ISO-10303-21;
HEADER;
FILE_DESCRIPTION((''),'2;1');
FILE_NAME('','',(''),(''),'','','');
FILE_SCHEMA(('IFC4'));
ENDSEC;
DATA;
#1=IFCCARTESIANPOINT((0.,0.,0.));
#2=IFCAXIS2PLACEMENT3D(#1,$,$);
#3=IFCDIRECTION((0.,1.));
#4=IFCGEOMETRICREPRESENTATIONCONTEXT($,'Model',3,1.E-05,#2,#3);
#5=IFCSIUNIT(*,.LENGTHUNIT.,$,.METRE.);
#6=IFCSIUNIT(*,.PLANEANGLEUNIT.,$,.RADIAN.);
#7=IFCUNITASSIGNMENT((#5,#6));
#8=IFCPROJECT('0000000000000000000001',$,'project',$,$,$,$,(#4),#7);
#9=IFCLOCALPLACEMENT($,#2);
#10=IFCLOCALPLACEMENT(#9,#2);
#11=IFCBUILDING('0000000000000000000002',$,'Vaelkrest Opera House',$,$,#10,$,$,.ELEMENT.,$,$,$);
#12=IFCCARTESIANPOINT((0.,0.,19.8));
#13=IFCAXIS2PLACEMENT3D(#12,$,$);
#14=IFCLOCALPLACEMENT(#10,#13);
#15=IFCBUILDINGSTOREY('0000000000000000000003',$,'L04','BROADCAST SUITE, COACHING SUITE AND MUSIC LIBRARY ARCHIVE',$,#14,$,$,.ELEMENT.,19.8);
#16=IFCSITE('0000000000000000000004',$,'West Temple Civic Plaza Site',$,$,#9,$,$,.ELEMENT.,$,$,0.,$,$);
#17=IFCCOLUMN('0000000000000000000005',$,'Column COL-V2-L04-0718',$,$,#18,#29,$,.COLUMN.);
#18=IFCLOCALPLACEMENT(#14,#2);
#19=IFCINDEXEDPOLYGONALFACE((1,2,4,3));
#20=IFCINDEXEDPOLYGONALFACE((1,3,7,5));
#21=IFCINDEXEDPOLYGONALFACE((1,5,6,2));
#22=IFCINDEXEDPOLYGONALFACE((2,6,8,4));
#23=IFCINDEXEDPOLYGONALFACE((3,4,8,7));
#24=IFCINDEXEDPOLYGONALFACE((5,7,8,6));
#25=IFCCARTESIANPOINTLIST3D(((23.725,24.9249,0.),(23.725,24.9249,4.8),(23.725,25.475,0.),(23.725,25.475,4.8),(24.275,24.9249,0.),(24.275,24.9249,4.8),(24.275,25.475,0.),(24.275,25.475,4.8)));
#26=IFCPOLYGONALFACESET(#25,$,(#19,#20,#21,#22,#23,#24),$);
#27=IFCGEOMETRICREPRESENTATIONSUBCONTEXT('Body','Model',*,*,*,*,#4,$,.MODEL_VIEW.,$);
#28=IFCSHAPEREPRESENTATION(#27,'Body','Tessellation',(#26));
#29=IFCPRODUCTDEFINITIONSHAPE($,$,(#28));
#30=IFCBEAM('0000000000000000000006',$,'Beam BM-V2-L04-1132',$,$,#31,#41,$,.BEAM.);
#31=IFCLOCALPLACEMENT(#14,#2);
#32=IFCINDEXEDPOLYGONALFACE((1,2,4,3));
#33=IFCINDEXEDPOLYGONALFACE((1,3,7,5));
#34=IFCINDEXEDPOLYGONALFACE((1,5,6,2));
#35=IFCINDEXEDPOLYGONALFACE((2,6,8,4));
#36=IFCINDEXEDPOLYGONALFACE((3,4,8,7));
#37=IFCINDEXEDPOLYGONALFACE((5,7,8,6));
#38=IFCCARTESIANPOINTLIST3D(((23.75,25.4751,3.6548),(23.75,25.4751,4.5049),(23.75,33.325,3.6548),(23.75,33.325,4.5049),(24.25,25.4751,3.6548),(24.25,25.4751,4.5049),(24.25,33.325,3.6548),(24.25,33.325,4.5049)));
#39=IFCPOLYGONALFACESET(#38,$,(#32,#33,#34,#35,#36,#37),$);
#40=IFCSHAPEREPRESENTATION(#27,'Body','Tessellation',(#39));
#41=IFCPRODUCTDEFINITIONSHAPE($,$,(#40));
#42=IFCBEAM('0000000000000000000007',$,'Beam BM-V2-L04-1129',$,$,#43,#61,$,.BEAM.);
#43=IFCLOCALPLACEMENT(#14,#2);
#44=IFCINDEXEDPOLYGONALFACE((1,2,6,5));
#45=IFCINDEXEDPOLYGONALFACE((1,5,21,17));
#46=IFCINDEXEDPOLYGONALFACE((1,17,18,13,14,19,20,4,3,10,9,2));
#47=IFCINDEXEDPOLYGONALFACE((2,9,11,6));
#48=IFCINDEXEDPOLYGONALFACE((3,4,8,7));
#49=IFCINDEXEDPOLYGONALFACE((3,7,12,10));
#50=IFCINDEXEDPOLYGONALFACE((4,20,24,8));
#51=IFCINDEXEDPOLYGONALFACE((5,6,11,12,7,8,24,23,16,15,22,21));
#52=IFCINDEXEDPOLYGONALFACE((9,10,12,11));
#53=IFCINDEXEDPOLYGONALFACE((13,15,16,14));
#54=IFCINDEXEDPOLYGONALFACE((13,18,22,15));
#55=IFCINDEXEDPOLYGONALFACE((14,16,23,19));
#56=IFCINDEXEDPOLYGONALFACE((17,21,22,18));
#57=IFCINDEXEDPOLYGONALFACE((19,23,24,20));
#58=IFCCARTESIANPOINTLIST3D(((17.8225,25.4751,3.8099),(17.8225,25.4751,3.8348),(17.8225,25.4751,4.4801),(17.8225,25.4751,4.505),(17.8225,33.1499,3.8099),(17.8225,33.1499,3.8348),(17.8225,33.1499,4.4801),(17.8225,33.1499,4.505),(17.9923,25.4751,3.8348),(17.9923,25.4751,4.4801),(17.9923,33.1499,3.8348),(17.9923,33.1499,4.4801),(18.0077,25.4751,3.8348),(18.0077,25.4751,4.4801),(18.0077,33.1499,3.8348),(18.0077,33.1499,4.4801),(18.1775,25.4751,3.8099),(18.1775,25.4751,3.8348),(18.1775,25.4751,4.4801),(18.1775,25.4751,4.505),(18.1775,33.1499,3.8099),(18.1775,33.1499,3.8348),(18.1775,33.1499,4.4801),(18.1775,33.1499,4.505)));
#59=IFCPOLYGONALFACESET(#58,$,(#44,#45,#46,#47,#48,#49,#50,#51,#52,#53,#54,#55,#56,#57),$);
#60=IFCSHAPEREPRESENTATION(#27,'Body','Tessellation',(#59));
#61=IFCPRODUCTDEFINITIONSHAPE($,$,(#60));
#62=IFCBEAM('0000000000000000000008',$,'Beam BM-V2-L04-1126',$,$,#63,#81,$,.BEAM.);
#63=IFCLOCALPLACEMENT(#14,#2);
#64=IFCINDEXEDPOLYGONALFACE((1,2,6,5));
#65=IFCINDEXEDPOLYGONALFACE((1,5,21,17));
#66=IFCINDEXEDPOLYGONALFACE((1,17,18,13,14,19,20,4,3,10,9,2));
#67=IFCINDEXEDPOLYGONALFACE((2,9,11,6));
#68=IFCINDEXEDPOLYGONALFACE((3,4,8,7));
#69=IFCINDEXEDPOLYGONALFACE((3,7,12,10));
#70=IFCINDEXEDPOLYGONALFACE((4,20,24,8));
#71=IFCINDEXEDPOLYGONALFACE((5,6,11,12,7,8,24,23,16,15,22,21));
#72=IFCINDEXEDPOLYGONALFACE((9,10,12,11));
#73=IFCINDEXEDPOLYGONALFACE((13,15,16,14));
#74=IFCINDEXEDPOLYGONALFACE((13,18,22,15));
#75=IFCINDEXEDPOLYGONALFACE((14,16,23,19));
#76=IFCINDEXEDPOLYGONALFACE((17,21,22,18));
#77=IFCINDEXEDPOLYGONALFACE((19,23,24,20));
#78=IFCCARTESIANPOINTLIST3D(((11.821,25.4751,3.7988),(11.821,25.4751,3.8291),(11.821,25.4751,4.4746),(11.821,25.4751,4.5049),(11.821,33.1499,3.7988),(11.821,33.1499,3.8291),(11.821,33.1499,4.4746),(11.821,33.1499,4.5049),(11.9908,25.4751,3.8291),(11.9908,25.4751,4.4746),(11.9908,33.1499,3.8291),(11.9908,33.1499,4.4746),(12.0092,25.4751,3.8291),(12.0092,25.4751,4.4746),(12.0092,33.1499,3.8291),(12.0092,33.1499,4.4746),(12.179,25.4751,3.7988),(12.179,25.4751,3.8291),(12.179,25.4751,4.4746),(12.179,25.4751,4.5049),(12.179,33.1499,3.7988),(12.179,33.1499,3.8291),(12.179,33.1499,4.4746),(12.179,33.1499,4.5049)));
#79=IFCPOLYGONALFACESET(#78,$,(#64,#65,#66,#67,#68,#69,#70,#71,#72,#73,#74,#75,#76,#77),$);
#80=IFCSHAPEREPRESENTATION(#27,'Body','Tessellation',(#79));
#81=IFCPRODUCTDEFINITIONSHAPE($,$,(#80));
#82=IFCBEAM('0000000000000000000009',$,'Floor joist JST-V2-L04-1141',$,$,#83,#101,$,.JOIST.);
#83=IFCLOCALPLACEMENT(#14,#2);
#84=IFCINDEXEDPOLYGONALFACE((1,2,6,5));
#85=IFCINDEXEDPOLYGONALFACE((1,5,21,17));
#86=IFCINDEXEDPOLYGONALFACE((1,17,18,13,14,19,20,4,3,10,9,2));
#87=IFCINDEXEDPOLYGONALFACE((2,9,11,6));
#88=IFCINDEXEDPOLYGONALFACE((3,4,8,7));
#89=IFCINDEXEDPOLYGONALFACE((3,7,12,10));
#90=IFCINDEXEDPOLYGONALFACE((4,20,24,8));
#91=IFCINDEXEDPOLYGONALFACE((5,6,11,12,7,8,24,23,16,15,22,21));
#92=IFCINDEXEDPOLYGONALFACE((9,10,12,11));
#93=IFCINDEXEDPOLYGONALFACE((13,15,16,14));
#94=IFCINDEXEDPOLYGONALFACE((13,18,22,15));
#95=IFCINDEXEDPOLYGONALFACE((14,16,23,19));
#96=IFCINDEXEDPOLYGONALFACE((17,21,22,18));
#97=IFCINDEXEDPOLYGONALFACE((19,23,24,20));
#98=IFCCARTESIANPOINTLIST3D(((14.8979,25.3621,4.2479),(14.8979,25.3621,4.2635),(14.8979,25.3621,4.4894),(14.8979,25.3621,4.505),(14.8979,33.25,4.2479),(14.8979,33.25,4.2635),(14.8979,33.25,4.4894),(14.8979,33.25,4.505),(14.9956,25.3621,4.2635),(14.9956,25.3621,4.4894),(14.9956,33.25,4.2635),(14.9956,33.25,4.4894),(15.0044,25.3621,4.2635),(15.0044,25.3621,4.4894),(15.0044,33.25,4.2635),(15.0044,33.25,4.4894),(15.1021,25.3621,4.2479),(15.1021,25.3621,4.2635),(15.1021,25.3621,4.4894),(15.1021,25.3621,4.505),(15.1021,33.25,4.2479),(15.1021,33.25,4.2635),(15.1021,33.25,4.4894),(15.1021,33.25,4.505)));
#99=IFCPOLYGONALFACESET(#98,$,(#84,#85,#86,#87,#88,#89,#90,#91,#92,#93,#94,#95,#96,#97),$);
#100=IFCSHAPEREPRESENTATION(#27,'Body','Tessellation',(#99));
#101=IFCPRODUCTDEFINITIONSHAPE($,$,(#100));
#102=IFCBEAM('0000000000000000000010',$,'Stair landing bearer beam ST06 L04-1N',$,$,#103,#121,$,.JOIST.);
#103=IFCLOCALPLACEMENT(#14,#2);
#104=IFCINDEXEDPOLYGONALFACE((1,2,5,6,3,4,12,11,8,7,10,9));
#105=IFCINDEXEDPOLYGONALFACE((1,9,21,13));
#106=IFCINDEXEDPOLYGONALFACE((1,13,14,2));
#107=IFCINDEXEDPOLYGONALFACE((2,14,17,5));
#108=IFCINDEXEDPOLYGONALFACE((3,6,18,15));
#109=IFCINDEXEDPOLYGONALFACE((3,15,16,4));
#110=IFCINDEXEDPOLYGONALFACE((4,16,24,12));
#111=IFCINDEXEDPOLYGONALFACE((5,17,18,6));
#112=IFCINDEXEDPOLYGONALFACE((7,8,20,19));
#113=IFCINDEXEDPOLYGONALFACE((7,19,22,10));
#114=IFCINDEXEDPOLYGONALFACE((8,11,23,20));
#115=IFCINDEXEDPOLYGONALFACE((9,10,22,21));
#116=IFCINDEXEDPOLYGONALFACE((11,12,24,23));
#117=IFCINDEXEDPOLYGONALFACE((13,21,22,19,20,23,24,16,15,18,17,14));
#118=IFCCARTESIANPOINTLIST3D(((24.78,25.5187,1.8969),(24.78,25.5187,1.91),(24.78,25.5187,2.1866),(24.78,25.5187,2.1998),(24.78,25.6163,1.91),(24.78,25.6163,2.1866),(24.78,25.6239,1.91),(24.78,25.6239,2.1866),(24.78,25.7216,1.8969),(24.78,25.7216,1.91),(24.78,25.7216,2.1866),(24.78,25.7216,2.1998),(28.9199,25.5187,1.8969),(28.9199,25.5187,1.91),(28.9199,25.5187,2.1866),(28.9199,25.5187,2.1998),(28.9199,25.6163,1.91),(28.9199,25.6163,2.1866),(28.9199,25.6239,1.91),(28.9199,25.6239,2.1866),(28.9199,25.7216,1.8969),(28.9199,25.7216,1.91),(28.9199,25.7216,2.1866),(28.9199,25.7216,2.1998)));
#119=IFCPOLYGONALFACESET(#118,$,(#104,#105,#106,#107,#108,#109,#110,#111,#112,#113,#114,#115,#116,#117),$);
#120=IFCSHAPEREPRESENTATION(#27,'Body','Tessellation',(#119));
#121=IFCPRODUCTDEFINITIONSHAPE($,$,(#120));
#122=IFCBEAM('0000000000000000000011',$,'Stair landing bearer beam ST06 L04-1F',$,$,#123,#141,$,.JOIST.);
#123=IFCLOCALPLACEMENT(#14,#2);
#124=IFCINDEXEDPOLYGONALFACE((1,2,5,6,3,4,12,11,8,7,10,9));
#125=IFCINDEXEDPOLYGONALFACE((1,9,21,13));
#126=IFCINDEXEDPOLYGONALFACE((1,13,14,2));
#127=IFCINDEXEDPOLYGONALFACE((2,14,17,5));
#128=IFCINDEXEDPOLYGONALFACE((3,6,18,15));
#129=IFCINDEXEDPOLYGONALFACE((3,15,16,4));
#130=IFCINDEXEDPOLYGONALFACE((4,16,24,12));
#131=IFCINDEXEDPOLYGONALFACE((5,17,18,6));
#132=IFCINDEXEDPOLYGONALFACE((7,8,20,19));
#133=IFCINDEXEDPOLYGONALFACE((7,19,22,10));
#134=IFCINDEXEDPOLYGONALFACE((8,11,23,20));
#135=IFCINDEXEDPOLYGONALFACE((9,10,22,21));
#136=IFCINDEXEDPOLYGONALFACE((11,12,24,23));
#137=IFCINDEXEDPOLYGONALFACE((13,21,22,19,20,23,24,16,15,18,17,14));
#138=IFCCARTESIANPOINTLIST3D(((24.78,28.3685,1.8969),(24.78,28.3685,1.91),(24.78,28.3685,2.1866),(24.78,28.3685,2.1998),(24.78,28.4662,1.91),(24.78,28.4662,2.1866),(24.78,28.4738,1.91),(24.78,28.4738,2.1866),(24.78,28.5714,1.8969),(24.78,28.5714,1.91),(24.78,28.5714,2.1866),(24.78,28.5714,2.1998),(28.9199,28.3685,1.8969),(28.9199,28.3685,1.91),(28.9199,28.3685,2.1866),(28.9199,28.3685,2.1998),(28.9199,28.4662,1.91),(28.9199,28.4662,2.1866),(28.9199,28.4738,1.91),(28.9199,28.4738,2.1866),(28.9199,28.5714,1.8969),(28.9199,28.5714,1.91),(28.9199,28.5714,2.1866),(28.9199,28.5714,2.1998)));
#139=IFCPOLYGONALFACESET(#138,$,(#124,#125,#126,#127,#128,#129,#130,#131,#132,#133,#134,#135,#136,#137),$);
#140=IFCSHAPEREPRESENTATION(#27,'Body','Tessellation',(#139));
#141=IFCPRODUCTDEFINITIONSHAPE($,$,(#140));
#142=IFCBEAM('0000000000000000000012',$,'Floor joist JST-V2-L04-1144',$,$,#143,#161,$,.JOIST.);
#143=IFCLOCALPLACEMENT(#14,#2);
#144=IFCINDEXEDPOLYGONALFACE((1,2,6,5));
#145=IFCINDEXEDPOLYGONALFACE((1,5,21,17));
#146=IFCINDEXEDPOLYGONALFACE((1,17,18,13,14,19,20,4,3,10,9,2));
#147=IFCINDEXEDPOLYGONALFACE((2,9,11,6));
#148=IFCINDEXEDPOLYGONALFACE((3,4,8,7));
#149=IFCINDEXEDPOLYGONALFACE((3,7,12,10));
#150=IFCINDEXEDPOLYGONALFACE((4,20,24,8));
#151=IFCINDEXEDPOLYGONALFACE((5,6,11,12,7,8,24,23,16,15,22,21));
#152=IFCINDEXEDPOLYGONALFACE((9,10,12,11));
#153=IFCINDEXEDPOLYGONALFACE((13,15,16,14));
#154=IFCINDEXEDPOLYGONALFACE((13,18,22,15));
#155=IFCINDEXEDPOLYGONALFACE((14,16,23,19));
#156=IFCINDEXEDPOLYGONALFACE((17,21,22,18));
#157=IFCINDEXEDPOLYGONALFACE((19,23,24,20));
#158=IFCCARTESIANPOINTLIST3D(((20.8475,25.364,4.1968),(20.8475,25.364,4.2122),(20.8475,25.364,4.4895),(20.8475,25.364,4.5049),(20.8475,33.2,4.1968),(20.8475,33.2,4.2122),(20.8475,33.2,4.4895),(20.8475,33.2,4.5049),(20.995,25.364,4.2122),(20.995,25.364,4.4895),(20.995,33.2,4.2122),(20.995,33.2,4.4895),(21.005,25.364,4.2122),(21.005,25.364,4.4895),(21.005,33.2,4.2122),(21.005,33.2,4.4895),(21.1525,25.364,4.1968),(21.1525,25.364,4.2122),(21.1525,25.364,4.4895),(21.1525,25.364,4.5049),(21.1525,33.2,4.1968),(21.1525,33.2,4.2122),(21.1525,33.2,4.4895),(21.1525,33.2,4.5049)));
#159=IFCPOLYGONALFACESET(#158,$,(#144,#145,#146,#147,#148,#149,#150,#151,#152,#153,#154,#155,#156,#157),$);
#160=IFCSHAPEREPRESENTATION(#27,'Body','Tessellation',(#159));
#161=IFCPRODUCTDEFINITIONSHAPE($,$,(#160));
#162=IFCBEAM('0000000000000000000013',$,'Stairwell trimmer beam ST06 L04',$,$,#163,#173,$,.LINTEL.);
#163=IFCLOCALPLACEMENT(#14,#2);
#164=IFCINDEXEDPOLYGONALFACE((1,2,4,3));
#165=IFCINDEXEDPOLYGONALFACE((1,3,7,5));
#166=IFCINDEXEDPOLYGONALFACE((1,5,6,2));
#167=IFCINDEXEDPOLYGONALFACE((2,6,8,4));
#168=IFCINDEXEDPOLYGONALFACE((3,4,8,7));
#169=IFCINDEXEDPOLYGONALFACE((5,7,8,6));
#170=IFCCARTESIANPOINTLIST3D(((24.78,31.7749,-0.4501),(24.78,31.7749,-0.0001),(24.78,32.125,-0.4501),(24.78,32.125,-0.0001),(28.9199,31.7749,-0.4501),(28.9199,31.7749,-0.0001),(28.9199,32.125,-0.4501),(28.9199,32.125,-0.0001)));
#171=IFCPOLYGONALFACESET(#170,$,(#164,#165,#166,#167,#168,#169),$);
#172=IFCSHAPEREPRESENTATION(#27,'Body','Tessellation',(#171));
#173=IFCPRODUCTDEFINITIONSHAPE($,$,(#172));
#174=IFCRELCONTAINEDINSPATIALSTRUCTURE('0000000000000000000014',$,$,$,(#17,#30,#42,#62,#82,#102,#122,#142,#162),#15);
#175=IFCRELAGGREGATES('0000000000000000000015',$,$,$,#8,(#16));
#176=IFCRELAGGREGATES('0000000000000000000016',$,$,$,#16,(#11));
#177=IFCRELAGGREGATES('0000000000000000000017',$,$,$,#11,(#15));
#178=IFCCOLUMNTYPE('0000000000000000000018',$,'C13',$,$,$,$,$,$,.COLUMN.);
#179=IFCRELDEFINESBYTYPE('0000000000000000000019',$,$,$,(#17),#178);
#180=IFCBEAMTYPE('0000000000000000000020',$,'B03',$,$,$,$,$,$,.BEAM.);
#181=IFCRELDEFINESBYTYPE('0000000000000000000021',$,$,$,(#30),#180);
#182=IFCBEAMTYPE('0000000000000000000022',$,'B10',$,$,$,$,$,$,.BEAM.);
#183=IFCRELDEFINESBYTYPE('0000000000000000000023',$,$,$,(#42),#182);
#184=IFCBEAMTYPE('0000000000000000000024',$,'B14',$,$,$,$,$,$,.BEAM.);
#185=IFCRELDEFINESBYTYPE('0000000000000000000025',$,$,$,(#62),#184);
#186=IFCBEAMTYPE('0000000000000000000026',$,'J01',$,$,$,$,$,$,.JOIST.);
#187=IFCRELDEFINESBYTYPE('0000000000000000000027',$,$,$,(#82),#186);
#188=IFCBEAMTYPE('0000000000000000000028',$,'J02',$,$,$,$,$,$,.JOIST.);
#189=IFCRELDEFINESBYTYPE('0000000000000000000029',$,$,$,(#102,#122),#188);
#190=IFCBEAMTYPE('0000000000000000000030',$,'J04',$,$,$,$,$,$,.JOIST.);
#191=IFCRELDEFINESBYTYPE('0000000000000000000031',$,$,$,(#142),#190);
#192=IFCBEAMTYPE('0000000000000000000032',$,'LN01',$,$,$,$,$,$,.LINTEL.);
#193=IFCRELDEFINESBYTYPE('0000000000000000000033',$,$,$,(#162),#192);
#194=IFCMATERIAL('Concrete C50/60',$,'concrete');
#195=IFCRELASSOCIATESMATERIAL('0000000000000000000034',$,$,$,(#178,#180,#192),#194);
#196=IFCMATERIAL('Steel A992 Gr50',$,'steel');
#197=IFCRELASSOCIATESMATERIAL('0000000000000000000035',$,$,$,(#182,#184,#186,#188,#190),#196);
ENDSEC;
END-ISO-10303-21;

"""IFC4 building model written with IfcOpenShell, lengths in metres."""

from ifc_helpers import new_model, si_unit, direction, frame, origin, origin_2d, place, context, subcontext, project, spatial, rectangle, i_section, extrude, material, material_profile, profile_set, type_object, element, save


model = new_model("IFC4")

# Units and contexts
model_context = context("Model", 3, precision=1e-05, world=origin(), true_north=direction((0.0, 1.0)))
body_context = subcontext(model_context, "Body", "Model", "MODEL_VIEW")
ifc_project = project(units=[si_unit("LENGTHUNIT", "METRE"), si_unit("PLANEANGLEUNIT", "RADIAN")], contexts=[model_context])

# Site, building, storey
site_placement = place(None, origin())
site = spatial("IfcSite", under=ifc_project, at=site_placement, Name="West Temple Civic Plaza Site", CompositionType="ELEMENT", RefElevation=0.0)
building_placement = place(site_placement, origin())
building = spatial("IfcBuilding", under=site, at=building_placement, Name="Vaelkrest Opera House", CompositionType="ELEMENT")
storey_placement = place(building_placement, frame((0.0, 0.0, 19.8)))
storey = spatial("IfcBuildingStorey", under=building, at=storey_placement, Name="L04", Description="BROADCAST SUITE, COACHING SUITE AND MUSIC LIBRARY ARCHIVE", CompositionType="ELEMENT", Elevation=19.8)

# Column
ifc_material_1 = material(Name="Concrete C50/60", Category="concrete")
ifc_material_profile_1 = material_profile(ifc_material_1, rectangle(XDim=0.55, YDim=0.55, at=origin_2d()), Name="RC550X550")
ifc_profile_set_1 = profile_set([ifc_material_profile_1], Name="Concrete C50/60")
column_type = type_object("IfcColumnType", Name="C13", PredefinedType="COLUMN", material=ifc_profile_set_1)
column_placement = place(storey_placement, frame((24.0, 25.2, 0.0), z_axis=(0.0, 0.0, 1.0), x_axis=(1.0, 0.0, 0.0)))
element("IfcColumn", 1, at=column_placement, inside=storey, type_object=column_type, Name="Column COL-V2-L04-0718", PredefinedType="COLUMN", context=body_context, shape_type="SweptSolid", body=[
    extrude(rectangle(XDim=0.55, YDim=0.55, at=origin_2d()), origin(), (0.0, 0.0, 1.0), 4.8),
])

# Beams
ifc_material_profile_2 = material_profile(ifc_material_1, rectangle(XDim=0.5, YDim=0.8501, at=origin_2d()), Name="RCB500X850")
ifc_profile_set_2 = profile_set([ifc_material_profile_2], Name="Concrete C50/60")
beam_type_1 = type_object("IfcBeamType", Name="B03", PredefinedType="BEAM", material=ifc_profile_set_2)
beam_1_placement = place(storey_placement, frame((24.0, 25.4751, 4.0798), z_axis=(0.0, 1.0, 0.0), x_axis=(-1.0, 0.0, 0.0)))
element("IfcBeam", 2, at=beam_1_placement, inside=storey, type_object=beam_type_1, Name="Beam BM-V2-L04-1132", PredefinedType="BEAM", context=body_context, shape_type="SweptSolid", body=[
    extrude(rectangle(XDim=0.5, YDim=0.8501, at=origin_2d()), origin(), (0.0, 0.0, 1.0), 7.8499),
])
ifc_material_2 = material(Name="Steel A992 Gr50", Category="steel")
ifc_material_profile_3 = material_profile(ifc_material_2, i_section(OverallWidth=0.355, OverallDepth=0.6951, WebThickness=0.0154, FlangeThickness=0.0249, at=origin_2d()), Name="W27X146")
ifc_profile_set_3 = profile_set([ifc_material_profile_3], Name="Steel A992 Gr50")
beam_type_2 = type_object("IfcBeamType", Name="B10", PredefinedType="BEAM", material=ifc_profile_set_3)
beam_2_placement = place(storey_placement, frame((18.0, 25.4751, 4.1575), z_axis=(0.0, 1.0, 0.0), x_axis=(-1.0, 0.0, 0.0)))
element("IfcBeam", 3, at=beam_2_placement, inside=storey, type_object=beam_type_2, Name="Beam BM-V2-L04-1129", PredefinedType="BEAM", context=body_context, shape_type="SweptSolid", body=[
    extrude(i_section(OverallWidth=0.355, OverallDepth=0.6951, WebThickness=0.0154, FlangeThickness=0.0249, at=origin_2d()), origin(), (0.0, 0.0, 1.0), 7.6748),
])
ifc_material_profile_4 = material_profile(ifc_material_2, i_section(OverallWidth=0.3579, OverallDepth=0.7061, WebThickness=0.0183, FlangeThickness=0.0303, at=origin_2d()), Name="W27X178")
ifc_profile_set_4 = profile_set([ifc_material_profile_4], Name="Steel A992 Gr50")
beam_type_3 = type_object("IfcBeamType", Name="B14", PredefinedType="BEAM", material=ifc_profile_set_4)
beam_3_placement = place(storey_placement, frame((12.0, 25.4751, 4.1519), z_axis=(0.0, 1.0, 0.0), x_axis=(-1.0, 0.0, 0.0)))
element("IfcBeam", 4, at=beam_3_placement, inside=storey, type_object=beam_type_3, Name="Beam BM-V2-L04-1126", PredefinedType="BEAM", context=body_context, shape_type="SweptSolid", body=[
    extrude(i_section(OverallWidth=0.3579, OverallDepth=0.7061, WebThickness=0.0183, FlangeThickness=0.0303, at=origin_2d()), origin(), (0.0, 0.0, 1.0), 7.6748),
])
ifc_material_profile_5 = material_profile(ifc_material_2, i_section(OverallWidth=0.2041, OverallDepth=0.2571, WebThickness=0.0088, FlangeThickness=0.0156, at=origin_2d()), Name="W10X45")
ifc_profile_set_5 = profile_set([ifc_material_profile_5], Name="Steel A992 Gr50")
beam_type_4 = type_object("IfcBeamType", Name="J01", PredefinedType="JOIST", material=ifc_profile_set_5)
beam_4_placement = place(storey_placement, frame((15.0, 25.3621, 4.3765), z_axis=(0.0, 1.0, 0.0), x_axis=(-1.0, 0.0, 0.0)))
element("IfcBeam", 5, at=beam_4_placement, inside=storey, type_object=beam_type_4, Name="Floor joist JST-V2-L04-1141", PredefinedType="JOIST", context=body_context, shape_type="SweptSolid", body=[
    extrude(i_section(OverallWidth=0.2041, OverallDepth=0.2571, WebThickness=0.0088, FlangeThickness=0.0156, at=origin_2d()), origin(), (0.0, 0.0, 1.0), 7.8879),
])
ifc_material_profile_6 = material_profile(ifc_material_2, i_section(OverallWidth=0.2029, OverallDepth=0.303, WebThickness=0.0076, FlangeThickness=0.0132, at=origin_2d()), Name="W12X40")
ifc_profile_set_6 = profile_set([ifc_material_profile_6], Name="Steel A992 Gr50")
beam_type_5 = type_object("IfcBeamType", Name="J02", PredefinedType="JOIST", material=ifc_profile_set_6)
for number, where, z_axis, x_axis, name in (
    (6, (24.78, 25.6201, 2.0483), (1.0, 0.0, 0.0), (0.0, 1.0, 0.0), "Stair landing bearer beam ST06 L04-1N"),
    (7, (24.78, 28.47, 2.0483), (1.0, 0.0, 0.0), (0.0, 1.0, 0.0), "Stair landing bearer beam ST06 L04-1F"),
):
    element("IfcBeam", number, at=place(storey_placement, frame(where, z_axis=z_axis, x_axis=x_axis)), inside=storey, type_object=beam_type_5, Name=name, PredefinedType="JOIST", context=body_context, shape_type="SweptSolid", body=[
        extrude(i_section(OverallWidth=0.2029, OverallDepth=0.303, WebThickness=0.0076, FlangeThickness=0.0132, at=origin_2d()), origin(), (0.0, 0.0, 1.0), 4.1399),
    ])
ifc_material_profile_7 = material_profile(ifc_material_2, i_section(OverallWidth=0.3049, OverallDepth=0.3081, WebThickness=0.01, FlangeThickness=0.0154, at=origin_2d()), Name="W12X65")
ifc_profile_set_7 = profile_set([ifc_material_profile_7], Name="Steel A992 Gr50")
beam_type_6 = type_object("IfcBeamType", Name="J04", PredefinedType="JOIST", material=ifc_profile_set_7)
beam_5_placement = place(storey_placement, frame((21.0, 25.364, 4.3508), z_axis=(0.0, 1.0, 0.0), x_axis=(-1.0, 0.0, 0.0)))
element("IfcBeam", 8, at=beam_5_placement, inside=storey, type_object=beam_type_6, Name="Floor joist JST-V2-L04-1144", PredefinedType="JOIST", context=body_context, shape_type="SweptSolid", body=[
    extrude(i_section(OverallWidth=0.3049, OverallDepth=0.3081, WebThickness=0.01, FlangeThickness=0.0154, at=origin_2d()), origin(), (0.0, 0.0, 1.0), 7.8359),
])
ifc_material_profile_8 = material_profile(ifc_material_1, rectangle(XDim=0.3501, YDim=0.45, at=origin_2d()), Name="RCB350X450")
ifc_profile_set_8 = profile_set([ifc_material_profile_8], Name="Concrete C50/60")
beam_type_7 = type_object("IfcBeamType", Name="LN01", PredefinedType="LINTEL", material=ifc_profile_set_8)
beam_6_placement = place(storey_placement, frame((24.78, 31.95, -0.2251), z_axis=(1.0, 0.0, 0.0), x_axis=(0.0, 1.0, 0.0)))
element("IfcBeam", 9, at=beam_6_placement, inside=storey, type_object=beam_type_7, Name="Stairwell trimmer beam ST06 L04", PredefinedType="LINTEL", context=body_context, shape_type="SweptSolid", body=[
    extrude(rectangle(XDim=0.3501, YDim=0.45, at=origin_2d()), origin(), (0.0, 0.0, 1.0), 4.1399),
])

save(model, "model.ifc")
